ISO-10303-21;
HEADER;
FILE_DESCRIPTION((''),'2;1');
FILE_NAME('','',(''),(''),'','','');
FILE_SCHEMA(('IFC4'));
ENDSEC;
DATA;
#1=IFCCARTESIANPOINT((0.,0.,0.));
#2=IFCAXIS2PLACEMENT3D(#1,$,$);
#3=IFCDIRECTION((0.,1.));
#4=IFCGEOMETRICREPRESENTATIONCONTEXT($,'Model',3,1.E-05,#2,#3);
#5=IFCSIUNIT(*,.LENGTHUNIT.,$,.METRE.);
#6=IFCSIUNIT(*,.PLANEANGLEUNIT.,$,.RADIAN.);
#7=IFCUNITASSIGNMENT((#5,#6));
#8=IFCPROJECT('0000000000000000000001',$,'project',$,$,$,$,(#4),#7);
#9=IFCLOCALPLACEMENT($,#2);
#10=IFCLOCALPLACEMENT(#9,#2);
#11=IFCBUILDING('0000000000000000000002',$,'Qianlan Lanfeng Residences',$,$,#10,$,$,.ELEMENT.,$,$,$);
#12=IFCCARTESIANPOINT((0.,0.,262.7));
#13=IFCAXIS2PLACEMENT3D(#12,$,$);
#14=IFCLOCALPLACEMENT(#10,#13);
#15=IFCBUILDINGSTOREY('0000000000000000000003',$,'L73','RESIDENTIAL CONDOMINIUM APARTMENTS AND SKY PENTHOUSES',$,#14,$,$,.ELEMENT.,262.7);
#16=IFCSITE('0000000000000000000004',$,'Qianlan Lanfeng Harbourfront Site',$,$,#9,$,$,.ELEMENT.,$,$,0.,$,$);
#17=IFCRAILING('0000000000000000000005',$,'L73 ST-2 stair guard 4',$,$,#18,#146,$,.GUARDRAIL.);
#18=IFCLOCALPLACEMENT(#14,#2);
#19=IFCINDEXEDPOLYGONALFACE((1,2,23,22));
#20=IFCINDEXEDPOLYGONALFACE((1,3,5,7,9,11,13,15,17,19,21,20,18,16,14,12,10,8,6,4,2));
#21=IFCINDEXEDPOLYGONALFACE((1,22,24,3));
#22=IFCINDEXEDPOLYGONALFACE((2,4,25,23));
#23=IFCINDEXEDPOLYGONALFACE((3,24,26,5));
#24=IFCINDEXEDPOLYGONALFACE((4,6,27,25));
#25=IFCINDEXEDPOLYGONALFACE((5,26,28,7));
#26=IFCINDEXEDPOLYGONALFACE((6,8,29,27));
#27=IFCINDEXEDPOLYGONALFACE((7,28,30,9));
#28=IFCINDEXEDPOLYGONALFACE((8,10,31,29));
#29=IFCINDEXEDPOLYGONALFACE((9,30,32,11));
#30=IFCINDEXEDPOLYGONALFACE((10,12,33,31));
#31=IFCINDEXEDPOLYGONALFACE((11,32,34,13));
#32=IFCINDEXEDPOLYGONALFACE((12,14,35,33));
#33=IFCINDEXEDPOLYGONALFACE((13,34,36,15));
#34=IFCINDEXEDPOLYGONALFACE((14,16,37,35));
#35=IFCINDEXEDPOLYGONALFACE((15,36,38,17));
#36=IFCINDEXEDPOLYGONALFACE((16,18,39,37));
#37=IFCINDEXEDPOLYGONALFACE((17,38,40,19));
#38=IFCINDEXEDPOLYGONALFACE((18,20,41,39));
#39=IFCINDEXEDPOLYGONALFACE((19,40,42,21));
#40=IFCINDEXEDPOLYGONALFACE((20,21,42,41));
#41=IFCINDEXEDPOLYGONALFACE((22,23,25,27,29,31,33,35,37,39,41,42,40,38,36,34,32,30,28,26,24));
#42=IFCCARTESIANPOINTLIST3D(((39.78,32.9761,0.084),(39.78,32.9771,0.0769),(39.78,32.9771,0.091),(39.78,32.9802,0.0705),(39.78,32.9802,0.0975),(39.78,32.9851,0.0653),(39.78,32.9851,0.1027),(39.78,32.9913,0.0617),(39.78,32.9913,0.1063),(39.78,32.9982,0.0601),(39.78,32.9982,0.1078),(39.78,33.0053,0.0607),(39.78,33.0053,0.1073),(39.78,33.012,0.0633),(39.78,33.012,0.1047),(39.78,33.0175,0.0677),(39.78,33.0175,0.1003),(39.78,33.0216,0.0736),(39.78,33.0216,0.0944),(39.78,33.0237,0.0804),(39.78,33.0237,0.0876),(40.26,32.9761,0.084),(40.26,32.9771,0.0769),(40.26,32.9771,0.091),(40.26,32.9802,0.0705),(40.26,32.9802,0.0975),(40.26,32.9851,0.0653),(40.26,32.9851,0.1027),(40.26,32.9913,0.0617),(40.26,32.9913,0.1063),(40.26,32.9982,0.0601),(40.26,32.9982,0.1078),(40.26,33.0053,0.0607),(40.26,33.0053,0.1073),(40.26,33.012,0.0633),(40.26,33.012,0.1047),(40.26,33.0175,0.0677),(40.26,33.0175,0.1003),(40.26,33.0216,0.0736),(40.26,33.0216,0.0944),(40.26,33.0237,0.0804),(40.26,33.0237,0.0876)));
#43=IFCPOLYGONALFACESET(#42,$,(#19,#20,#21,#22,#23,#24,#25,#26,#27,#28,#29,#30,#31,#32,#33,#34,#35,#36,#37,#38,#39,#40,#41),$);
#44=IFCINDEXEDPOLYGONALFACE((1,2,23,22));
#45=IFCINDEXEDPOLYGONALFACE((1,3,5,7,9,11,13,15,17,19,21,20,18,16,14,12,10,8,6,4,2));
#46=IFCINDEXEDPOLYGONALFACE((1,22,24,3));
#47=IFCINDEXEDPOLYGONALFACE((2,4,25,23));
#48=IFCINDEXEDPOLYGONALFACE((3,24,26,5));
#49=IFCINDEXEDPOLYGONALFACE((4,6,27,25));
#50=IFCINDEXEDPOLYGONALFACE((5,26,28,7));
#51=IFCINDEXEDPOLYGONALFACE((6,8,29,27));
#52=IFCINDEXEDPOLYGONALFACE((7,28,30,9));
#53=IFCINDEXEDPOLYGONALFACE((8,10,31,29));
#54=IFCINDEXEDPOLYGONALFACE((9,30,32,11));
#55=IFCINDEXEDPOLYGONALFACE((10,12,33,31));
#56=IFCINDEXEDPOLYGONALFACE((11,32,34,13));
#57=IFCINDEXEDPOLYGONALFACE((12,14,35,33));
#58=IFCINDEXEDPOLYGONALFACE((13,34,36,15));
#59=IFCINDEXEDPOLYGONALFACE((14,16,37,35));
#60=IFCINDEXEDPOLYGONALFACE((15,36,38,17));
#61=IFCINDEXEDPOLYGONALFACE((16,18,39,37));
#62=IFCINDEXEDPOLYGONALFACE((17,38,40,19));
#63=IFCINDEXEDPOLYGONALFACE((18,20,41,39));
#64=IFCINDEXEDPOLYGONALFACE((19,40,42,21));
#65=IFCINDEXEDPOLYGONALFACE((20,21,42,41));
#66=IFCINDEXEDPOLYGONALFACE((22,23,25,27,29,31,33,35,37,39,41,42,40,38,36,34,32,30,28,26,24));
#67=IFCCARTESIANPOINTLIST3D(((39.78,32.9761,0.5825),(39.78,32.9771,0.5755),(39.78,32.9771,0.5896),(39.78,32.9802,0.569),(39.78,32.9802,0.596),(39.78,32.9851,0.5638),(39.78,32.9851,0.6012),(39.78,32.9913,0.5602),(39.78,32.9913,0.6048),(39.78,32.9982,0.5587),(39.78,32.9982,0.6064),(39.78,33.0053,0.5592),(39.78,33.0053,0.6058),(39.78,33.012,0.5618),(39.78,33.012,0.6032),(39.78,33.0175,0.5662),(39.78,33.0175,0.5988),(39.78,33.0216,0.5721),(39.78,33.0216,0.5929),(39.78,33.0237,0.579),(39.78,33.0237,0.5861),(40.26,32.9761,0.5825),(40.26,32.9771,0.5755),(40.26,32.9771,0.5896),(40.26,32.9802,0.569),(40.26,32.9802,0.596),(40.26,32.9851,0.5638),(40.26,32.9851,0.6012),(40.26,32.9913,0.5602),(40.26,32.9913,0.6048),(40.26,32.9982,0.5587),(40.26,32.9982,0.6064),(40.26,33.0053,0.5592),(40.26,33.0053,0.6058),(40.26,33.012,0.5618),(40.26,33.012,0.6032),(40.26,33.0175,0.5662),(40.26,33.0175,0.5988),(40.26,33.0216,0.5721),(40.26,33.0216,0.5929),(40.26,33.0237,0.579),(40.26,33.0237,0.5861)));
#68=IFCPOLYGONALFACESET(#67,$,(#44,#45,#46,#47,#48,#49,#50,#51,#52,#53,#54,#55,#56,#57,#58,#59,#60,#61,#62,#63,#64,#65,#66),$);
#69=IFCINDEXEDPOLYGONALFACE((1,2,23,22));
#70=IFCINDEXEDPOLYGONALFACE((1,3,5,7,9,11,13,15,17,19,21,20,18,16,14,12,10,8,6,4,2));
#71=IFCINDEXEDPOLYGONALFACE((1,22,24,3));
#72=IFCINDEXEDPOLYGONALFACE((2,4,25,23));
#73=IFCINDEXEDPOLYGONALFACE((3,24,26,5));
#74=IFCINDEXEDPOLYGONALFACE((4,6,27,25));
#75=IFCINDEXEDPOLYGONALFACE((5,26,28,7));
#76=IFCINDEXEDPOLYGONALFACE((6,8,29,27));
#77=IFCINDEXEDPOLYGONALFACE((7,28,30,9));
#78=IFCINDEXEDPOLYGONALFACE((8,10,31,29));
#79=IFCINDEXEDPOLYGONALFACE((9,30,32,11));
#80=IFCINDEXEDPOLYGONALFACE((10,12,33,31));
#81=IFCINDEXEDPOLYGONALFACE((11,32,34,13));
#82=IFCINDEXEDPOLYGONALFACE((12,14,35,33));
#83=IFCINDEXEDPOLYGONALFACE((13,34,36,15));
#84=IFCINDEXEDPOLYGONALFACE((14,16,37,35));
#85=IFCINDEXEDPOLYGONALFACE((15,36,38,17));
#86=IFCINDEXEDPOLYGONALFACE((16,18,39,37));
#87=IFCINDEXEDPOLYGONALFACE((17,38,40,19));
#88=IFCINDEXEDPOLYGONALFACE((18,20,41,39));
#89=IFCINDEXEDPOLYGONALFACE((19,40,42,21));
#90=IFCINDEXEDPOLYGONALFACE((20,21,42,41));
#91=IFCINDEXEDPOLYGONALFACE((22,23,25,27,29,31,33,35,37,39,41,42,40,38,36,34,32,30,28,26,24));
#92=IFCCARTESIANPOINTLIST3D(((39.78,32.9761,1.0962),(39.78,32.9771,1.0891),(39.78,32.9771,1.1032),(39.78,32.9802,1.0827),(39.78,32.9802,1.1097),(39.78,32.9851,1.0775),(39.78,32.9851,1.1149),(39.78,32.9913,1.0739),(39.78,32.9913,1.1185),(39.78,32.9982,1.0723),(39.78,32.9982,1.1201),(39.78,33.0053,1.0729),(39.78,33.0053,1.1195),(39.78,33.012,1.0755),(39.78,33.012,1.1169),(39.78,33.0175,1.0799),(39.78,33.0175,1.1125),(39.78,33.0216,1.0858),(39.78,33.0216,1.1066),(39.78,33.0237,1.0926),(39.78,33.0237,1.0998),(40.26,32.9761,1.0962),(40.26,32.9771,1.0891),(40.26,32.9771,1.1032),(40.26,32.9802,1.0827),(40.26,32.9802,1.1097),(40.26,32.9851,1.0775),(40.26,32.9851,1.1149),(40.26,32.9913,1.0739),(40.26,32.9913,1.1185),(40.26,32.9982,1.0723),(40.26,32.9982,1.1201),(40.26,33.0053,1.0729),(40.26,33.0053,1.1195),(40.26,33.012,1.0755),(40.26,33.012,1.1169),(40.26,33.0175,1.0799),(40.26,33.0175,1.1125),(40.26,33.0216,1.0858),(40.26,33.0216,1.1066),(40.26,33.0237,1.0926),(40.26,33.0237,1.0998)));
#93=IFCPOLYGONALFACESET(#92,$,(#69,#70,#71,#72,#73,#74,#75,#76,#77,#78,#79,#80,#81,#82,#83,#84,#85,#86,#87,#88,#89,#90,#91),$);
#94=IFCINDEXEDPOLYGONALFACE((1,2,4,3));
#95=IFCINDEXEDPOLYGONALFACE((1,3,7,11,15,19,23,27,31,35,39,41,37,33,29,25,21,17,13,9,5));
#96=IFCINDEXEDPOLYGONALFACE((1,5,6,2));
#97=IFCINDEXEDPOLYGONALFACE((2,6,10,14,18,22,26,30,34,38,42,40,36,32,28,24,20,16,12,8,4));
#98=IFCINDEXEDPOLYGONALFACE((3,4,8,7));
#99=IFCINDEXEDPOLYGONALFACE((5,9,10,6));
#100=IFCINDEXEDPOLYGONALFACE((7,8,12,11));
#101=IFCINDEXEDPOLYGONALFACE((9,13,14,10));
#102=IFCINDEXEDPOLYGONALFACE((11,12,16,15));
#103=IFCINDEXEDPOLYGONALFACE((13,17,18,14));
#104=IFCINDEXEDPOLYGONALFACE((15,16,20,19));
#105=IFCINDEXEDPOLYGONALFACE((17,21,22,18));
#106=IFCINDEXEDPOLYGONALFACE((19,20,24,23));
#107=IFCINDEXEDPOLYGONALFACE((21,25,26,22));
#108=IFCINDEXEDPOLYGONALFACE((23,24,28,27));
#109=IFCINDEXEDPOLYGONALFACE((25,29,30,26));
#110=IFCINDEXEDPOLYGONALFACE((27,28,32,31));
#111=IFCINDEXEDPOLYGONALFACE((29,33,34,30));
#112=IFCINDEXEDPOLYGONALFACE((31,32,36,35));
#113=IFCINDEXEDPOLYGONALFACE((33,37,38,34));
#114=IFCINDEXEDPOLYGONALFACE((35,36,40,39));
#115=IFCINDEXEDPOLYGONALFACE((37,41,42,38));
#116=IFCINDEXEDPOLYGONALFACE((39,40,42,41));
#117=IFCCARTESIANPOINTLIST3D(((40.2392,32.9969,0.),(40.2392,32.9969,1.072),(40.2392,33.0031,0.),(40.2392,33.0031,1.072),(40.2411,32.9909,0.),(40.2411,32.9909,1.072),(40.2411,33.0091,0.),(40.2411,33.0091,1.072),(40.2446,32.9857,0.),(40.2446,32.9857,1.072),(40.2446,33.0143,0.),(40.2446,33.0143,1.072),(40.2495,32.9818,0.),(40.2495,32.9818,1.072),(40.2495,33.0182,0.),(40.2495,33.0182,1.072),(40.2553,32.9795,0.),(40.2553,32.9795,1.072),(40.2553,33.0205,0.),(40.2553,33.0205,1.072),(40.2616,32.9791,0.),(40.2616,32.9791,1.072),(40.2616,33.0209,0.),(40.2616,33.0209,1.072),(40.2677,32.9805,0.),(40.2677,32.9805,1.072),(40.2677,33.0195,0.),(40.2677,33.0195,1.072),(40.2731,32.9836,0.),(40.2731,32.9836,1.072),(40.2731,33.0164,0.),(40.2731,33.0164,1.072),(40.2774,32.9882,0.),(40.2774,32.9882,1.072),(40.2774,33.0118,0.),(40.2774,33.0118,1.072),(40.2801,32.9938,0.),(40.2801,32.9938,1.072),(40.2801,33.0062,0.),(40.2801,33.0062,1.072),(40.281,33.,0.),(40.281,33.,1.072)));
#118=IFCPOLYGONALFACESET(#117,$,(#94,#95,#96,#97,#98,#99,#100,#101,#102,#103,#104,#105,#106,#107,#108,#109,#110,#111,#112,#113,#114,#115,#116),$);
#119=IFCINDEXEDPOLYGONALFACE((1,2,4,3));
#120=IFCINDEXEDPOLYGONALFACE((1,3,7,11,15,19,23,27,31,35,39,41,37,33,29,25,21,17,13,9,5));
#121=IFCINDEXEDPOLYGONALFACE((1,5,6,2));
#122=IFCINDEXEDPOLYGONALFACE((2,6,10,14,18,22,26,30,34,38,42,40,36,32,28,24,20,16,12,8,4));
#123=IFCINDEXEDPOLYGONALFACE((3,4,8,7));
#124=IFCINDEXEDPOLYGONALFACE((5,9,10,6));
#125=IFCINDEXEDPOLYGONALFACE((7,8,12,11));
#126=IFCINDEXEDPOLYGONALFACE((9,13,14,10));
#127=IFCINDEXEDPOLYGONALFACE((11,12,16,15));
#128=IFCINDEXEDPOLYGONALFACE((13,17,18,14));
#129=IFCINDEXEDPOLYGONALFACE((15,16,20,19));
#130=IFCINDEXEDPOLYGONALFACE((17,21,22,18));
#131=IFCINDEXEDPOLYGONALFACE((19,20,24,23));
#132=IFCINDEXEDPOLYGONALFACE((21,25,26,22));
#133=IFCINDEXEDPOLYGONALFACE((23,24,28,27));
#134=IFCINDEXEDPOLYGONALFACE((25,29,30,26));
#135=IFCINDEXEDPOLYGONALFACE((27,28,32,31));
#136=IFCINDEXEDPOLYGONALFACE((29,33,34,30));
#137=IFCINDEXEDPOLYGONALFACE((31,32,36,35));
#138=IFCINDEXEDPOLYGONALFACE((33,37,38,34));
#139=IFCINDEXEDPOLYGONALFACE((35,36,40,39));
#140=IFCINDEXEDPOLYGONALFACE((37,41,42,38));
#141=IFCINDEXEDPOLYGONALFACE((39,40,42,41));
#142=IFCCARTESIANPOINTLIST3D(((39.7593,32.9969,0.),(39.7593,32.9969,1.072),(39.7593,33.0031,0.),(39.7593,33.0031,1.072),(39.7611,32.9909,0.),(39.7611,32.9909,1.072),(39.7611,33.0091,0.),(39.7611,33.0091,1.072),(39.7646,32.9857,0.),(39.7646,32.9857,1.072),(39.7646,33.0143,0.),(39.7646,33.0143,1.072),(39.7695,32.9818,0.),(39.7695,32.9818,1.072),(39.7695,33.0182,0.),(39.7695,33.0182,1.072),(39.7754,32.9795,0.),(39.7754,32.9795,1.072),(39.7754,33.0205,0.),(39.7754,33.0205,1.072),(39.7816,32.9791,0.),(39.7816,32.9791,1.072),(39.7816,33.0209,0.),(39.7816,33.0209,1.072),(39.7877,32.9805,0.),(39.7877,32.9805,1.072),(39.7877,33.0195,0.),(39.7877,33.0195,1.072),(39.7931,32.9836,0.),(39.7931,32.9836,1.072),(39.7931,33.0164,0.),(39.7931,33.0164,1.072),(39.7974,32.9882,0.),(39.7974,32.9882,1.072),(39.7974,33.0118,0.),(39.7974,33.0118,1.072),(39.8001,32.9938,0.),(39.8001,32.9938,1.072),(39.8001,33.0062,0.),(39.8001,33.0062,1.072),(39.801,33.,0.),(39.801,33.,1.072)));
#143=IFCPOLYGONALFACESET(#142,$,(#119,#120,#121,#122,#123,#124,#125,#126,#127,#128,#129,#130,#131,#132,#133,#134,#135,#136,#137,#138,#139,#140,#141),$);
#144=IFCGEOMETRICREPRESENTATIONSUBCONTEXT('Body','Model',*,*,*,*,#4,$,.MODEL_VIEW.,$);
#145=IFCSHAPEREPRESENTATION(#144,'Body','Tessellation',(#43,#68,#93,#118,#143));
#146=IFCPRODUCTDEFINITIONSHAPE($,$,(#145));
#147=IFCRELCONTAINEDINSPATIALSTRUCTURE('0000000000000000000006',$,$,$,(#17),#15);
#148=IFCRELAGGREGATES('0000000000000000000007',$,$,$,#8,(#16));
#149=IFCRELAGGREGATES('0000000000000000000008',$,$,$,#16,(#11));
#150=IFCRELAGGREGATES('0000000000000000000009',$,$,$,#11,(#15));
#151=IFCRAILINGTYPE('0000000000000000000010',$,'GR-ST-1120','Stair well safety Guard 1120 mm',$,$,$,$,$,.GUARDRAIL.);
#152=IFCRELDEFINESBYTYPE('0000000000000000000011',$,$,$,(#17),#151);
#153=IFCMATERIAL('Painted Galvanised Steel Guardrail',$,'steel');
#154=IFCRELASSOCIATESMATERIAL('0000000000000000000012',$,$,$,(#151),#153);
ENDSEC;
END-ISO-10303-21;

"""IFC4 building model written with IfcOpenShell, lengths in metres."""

from ifc_helpers import new_model, si_unit, direction, frame, origin, origin_2d, place, context, subcontext, project, spatial, circle, extrude, material, type_object, element, save


model = new_model("IFC4")

# Units and contexts
model_context = context("Model", 3, precision=1e-05, world=origin(), true_north=direction((0.0, 1.0)))
body_context = subcontext(model_context, "Body", "Model", "MODEL_VIEW")
ifc_project = project(units=[si_unit("LENGTHUNIT", "METRE"), si_unit("PLANEANGLEUNIT", "RADIAN")], contexts=[model_context])

# Site, building, storey
site_placement = place(None, origin())
site = spatial("IfcSite", under=ifc_project, at=site_placement, Name="Qianlan Lanfeng Harbourfront Site", CompositionType="ELEMENT", RefElevation=0.0)
building_placement = place(site_placement, origin())
building = spatial("IfcBuilding", under=site, at=building_placement, Name="Qianlan Lanfeng Residences", CompositionType="ELEMENT")
storey_placement = place(building_placement, frame((0.0, 0.0, 262.7)))
storey = spatial("IfcBuildingStorey", under=building, at=storey_placement, Name="L73", Description="RESIDENTIAL CONDOMINIUM APARTMENTS AND SKY PENTHOUSES", CompositionType="ELEMENT", Elevation=262.7)

# Railing
ifc_material_1 = material(Name="Painted Galvanised Steel Guardrail", Category="steel")
railing_type_1 = type_object("IfcRailingType", Name="GR-ST-1120", Description="Stair well safety Guard 1120 mm", PredefinedType="GUARDRAIL", material=ifc_material_1)
railing_1_placement = place(storey_placement, frame((40.26, 33.0, 0.0)))
element("IfcRailing", 1, at=railing_1_placement, inside=storey, type_object=railing_type_1, Name="L73 ST-2 stair guard 4", PredefinedType="GUARDRAIL", context=body_context, shape_type="SweptSolid", body=[
    extrude(circle(Radius=0.0239, at=origin_2d()), frame((0.0, 0.0, 0.084), z_axis=(-1.0, 0.0, 0.0), x_axis=(0.0, -1.0, 0.0)), (0.0, 0.0, 1.0), 0.48),
    extrude(circle(Radius=0.0239, at=origin_2d()), frame((0.0, 0.0, 0.5825), z_axis=(-1.0, 0.0, 0.0), x_axis=(0.0, -1.0, 0.0)), (0.0, 0.0, 1.0), 0.48),
    extrude(circle(Radius=0.0239, at=origin_2d()), frame((0.0, 0.0, 1.0962), z_axis=(-1.0, 0.0, 0.0), x_axis=(0.0, -1.0, 0.0)), (0.0, 0.0, 1.0), 0.48),
    extrude(circle(Radius=0.021, at=origin_2d()), origin(), (0.0, 0.0, 1.0), 1.072),
    extrude(circle(Radius=0.021, at=origin_2d()), frame((-0.48, 0.0, 0.0)), (0.0, 0.0, 1.0), 1.072),
])

save(model, "model.ifc")
